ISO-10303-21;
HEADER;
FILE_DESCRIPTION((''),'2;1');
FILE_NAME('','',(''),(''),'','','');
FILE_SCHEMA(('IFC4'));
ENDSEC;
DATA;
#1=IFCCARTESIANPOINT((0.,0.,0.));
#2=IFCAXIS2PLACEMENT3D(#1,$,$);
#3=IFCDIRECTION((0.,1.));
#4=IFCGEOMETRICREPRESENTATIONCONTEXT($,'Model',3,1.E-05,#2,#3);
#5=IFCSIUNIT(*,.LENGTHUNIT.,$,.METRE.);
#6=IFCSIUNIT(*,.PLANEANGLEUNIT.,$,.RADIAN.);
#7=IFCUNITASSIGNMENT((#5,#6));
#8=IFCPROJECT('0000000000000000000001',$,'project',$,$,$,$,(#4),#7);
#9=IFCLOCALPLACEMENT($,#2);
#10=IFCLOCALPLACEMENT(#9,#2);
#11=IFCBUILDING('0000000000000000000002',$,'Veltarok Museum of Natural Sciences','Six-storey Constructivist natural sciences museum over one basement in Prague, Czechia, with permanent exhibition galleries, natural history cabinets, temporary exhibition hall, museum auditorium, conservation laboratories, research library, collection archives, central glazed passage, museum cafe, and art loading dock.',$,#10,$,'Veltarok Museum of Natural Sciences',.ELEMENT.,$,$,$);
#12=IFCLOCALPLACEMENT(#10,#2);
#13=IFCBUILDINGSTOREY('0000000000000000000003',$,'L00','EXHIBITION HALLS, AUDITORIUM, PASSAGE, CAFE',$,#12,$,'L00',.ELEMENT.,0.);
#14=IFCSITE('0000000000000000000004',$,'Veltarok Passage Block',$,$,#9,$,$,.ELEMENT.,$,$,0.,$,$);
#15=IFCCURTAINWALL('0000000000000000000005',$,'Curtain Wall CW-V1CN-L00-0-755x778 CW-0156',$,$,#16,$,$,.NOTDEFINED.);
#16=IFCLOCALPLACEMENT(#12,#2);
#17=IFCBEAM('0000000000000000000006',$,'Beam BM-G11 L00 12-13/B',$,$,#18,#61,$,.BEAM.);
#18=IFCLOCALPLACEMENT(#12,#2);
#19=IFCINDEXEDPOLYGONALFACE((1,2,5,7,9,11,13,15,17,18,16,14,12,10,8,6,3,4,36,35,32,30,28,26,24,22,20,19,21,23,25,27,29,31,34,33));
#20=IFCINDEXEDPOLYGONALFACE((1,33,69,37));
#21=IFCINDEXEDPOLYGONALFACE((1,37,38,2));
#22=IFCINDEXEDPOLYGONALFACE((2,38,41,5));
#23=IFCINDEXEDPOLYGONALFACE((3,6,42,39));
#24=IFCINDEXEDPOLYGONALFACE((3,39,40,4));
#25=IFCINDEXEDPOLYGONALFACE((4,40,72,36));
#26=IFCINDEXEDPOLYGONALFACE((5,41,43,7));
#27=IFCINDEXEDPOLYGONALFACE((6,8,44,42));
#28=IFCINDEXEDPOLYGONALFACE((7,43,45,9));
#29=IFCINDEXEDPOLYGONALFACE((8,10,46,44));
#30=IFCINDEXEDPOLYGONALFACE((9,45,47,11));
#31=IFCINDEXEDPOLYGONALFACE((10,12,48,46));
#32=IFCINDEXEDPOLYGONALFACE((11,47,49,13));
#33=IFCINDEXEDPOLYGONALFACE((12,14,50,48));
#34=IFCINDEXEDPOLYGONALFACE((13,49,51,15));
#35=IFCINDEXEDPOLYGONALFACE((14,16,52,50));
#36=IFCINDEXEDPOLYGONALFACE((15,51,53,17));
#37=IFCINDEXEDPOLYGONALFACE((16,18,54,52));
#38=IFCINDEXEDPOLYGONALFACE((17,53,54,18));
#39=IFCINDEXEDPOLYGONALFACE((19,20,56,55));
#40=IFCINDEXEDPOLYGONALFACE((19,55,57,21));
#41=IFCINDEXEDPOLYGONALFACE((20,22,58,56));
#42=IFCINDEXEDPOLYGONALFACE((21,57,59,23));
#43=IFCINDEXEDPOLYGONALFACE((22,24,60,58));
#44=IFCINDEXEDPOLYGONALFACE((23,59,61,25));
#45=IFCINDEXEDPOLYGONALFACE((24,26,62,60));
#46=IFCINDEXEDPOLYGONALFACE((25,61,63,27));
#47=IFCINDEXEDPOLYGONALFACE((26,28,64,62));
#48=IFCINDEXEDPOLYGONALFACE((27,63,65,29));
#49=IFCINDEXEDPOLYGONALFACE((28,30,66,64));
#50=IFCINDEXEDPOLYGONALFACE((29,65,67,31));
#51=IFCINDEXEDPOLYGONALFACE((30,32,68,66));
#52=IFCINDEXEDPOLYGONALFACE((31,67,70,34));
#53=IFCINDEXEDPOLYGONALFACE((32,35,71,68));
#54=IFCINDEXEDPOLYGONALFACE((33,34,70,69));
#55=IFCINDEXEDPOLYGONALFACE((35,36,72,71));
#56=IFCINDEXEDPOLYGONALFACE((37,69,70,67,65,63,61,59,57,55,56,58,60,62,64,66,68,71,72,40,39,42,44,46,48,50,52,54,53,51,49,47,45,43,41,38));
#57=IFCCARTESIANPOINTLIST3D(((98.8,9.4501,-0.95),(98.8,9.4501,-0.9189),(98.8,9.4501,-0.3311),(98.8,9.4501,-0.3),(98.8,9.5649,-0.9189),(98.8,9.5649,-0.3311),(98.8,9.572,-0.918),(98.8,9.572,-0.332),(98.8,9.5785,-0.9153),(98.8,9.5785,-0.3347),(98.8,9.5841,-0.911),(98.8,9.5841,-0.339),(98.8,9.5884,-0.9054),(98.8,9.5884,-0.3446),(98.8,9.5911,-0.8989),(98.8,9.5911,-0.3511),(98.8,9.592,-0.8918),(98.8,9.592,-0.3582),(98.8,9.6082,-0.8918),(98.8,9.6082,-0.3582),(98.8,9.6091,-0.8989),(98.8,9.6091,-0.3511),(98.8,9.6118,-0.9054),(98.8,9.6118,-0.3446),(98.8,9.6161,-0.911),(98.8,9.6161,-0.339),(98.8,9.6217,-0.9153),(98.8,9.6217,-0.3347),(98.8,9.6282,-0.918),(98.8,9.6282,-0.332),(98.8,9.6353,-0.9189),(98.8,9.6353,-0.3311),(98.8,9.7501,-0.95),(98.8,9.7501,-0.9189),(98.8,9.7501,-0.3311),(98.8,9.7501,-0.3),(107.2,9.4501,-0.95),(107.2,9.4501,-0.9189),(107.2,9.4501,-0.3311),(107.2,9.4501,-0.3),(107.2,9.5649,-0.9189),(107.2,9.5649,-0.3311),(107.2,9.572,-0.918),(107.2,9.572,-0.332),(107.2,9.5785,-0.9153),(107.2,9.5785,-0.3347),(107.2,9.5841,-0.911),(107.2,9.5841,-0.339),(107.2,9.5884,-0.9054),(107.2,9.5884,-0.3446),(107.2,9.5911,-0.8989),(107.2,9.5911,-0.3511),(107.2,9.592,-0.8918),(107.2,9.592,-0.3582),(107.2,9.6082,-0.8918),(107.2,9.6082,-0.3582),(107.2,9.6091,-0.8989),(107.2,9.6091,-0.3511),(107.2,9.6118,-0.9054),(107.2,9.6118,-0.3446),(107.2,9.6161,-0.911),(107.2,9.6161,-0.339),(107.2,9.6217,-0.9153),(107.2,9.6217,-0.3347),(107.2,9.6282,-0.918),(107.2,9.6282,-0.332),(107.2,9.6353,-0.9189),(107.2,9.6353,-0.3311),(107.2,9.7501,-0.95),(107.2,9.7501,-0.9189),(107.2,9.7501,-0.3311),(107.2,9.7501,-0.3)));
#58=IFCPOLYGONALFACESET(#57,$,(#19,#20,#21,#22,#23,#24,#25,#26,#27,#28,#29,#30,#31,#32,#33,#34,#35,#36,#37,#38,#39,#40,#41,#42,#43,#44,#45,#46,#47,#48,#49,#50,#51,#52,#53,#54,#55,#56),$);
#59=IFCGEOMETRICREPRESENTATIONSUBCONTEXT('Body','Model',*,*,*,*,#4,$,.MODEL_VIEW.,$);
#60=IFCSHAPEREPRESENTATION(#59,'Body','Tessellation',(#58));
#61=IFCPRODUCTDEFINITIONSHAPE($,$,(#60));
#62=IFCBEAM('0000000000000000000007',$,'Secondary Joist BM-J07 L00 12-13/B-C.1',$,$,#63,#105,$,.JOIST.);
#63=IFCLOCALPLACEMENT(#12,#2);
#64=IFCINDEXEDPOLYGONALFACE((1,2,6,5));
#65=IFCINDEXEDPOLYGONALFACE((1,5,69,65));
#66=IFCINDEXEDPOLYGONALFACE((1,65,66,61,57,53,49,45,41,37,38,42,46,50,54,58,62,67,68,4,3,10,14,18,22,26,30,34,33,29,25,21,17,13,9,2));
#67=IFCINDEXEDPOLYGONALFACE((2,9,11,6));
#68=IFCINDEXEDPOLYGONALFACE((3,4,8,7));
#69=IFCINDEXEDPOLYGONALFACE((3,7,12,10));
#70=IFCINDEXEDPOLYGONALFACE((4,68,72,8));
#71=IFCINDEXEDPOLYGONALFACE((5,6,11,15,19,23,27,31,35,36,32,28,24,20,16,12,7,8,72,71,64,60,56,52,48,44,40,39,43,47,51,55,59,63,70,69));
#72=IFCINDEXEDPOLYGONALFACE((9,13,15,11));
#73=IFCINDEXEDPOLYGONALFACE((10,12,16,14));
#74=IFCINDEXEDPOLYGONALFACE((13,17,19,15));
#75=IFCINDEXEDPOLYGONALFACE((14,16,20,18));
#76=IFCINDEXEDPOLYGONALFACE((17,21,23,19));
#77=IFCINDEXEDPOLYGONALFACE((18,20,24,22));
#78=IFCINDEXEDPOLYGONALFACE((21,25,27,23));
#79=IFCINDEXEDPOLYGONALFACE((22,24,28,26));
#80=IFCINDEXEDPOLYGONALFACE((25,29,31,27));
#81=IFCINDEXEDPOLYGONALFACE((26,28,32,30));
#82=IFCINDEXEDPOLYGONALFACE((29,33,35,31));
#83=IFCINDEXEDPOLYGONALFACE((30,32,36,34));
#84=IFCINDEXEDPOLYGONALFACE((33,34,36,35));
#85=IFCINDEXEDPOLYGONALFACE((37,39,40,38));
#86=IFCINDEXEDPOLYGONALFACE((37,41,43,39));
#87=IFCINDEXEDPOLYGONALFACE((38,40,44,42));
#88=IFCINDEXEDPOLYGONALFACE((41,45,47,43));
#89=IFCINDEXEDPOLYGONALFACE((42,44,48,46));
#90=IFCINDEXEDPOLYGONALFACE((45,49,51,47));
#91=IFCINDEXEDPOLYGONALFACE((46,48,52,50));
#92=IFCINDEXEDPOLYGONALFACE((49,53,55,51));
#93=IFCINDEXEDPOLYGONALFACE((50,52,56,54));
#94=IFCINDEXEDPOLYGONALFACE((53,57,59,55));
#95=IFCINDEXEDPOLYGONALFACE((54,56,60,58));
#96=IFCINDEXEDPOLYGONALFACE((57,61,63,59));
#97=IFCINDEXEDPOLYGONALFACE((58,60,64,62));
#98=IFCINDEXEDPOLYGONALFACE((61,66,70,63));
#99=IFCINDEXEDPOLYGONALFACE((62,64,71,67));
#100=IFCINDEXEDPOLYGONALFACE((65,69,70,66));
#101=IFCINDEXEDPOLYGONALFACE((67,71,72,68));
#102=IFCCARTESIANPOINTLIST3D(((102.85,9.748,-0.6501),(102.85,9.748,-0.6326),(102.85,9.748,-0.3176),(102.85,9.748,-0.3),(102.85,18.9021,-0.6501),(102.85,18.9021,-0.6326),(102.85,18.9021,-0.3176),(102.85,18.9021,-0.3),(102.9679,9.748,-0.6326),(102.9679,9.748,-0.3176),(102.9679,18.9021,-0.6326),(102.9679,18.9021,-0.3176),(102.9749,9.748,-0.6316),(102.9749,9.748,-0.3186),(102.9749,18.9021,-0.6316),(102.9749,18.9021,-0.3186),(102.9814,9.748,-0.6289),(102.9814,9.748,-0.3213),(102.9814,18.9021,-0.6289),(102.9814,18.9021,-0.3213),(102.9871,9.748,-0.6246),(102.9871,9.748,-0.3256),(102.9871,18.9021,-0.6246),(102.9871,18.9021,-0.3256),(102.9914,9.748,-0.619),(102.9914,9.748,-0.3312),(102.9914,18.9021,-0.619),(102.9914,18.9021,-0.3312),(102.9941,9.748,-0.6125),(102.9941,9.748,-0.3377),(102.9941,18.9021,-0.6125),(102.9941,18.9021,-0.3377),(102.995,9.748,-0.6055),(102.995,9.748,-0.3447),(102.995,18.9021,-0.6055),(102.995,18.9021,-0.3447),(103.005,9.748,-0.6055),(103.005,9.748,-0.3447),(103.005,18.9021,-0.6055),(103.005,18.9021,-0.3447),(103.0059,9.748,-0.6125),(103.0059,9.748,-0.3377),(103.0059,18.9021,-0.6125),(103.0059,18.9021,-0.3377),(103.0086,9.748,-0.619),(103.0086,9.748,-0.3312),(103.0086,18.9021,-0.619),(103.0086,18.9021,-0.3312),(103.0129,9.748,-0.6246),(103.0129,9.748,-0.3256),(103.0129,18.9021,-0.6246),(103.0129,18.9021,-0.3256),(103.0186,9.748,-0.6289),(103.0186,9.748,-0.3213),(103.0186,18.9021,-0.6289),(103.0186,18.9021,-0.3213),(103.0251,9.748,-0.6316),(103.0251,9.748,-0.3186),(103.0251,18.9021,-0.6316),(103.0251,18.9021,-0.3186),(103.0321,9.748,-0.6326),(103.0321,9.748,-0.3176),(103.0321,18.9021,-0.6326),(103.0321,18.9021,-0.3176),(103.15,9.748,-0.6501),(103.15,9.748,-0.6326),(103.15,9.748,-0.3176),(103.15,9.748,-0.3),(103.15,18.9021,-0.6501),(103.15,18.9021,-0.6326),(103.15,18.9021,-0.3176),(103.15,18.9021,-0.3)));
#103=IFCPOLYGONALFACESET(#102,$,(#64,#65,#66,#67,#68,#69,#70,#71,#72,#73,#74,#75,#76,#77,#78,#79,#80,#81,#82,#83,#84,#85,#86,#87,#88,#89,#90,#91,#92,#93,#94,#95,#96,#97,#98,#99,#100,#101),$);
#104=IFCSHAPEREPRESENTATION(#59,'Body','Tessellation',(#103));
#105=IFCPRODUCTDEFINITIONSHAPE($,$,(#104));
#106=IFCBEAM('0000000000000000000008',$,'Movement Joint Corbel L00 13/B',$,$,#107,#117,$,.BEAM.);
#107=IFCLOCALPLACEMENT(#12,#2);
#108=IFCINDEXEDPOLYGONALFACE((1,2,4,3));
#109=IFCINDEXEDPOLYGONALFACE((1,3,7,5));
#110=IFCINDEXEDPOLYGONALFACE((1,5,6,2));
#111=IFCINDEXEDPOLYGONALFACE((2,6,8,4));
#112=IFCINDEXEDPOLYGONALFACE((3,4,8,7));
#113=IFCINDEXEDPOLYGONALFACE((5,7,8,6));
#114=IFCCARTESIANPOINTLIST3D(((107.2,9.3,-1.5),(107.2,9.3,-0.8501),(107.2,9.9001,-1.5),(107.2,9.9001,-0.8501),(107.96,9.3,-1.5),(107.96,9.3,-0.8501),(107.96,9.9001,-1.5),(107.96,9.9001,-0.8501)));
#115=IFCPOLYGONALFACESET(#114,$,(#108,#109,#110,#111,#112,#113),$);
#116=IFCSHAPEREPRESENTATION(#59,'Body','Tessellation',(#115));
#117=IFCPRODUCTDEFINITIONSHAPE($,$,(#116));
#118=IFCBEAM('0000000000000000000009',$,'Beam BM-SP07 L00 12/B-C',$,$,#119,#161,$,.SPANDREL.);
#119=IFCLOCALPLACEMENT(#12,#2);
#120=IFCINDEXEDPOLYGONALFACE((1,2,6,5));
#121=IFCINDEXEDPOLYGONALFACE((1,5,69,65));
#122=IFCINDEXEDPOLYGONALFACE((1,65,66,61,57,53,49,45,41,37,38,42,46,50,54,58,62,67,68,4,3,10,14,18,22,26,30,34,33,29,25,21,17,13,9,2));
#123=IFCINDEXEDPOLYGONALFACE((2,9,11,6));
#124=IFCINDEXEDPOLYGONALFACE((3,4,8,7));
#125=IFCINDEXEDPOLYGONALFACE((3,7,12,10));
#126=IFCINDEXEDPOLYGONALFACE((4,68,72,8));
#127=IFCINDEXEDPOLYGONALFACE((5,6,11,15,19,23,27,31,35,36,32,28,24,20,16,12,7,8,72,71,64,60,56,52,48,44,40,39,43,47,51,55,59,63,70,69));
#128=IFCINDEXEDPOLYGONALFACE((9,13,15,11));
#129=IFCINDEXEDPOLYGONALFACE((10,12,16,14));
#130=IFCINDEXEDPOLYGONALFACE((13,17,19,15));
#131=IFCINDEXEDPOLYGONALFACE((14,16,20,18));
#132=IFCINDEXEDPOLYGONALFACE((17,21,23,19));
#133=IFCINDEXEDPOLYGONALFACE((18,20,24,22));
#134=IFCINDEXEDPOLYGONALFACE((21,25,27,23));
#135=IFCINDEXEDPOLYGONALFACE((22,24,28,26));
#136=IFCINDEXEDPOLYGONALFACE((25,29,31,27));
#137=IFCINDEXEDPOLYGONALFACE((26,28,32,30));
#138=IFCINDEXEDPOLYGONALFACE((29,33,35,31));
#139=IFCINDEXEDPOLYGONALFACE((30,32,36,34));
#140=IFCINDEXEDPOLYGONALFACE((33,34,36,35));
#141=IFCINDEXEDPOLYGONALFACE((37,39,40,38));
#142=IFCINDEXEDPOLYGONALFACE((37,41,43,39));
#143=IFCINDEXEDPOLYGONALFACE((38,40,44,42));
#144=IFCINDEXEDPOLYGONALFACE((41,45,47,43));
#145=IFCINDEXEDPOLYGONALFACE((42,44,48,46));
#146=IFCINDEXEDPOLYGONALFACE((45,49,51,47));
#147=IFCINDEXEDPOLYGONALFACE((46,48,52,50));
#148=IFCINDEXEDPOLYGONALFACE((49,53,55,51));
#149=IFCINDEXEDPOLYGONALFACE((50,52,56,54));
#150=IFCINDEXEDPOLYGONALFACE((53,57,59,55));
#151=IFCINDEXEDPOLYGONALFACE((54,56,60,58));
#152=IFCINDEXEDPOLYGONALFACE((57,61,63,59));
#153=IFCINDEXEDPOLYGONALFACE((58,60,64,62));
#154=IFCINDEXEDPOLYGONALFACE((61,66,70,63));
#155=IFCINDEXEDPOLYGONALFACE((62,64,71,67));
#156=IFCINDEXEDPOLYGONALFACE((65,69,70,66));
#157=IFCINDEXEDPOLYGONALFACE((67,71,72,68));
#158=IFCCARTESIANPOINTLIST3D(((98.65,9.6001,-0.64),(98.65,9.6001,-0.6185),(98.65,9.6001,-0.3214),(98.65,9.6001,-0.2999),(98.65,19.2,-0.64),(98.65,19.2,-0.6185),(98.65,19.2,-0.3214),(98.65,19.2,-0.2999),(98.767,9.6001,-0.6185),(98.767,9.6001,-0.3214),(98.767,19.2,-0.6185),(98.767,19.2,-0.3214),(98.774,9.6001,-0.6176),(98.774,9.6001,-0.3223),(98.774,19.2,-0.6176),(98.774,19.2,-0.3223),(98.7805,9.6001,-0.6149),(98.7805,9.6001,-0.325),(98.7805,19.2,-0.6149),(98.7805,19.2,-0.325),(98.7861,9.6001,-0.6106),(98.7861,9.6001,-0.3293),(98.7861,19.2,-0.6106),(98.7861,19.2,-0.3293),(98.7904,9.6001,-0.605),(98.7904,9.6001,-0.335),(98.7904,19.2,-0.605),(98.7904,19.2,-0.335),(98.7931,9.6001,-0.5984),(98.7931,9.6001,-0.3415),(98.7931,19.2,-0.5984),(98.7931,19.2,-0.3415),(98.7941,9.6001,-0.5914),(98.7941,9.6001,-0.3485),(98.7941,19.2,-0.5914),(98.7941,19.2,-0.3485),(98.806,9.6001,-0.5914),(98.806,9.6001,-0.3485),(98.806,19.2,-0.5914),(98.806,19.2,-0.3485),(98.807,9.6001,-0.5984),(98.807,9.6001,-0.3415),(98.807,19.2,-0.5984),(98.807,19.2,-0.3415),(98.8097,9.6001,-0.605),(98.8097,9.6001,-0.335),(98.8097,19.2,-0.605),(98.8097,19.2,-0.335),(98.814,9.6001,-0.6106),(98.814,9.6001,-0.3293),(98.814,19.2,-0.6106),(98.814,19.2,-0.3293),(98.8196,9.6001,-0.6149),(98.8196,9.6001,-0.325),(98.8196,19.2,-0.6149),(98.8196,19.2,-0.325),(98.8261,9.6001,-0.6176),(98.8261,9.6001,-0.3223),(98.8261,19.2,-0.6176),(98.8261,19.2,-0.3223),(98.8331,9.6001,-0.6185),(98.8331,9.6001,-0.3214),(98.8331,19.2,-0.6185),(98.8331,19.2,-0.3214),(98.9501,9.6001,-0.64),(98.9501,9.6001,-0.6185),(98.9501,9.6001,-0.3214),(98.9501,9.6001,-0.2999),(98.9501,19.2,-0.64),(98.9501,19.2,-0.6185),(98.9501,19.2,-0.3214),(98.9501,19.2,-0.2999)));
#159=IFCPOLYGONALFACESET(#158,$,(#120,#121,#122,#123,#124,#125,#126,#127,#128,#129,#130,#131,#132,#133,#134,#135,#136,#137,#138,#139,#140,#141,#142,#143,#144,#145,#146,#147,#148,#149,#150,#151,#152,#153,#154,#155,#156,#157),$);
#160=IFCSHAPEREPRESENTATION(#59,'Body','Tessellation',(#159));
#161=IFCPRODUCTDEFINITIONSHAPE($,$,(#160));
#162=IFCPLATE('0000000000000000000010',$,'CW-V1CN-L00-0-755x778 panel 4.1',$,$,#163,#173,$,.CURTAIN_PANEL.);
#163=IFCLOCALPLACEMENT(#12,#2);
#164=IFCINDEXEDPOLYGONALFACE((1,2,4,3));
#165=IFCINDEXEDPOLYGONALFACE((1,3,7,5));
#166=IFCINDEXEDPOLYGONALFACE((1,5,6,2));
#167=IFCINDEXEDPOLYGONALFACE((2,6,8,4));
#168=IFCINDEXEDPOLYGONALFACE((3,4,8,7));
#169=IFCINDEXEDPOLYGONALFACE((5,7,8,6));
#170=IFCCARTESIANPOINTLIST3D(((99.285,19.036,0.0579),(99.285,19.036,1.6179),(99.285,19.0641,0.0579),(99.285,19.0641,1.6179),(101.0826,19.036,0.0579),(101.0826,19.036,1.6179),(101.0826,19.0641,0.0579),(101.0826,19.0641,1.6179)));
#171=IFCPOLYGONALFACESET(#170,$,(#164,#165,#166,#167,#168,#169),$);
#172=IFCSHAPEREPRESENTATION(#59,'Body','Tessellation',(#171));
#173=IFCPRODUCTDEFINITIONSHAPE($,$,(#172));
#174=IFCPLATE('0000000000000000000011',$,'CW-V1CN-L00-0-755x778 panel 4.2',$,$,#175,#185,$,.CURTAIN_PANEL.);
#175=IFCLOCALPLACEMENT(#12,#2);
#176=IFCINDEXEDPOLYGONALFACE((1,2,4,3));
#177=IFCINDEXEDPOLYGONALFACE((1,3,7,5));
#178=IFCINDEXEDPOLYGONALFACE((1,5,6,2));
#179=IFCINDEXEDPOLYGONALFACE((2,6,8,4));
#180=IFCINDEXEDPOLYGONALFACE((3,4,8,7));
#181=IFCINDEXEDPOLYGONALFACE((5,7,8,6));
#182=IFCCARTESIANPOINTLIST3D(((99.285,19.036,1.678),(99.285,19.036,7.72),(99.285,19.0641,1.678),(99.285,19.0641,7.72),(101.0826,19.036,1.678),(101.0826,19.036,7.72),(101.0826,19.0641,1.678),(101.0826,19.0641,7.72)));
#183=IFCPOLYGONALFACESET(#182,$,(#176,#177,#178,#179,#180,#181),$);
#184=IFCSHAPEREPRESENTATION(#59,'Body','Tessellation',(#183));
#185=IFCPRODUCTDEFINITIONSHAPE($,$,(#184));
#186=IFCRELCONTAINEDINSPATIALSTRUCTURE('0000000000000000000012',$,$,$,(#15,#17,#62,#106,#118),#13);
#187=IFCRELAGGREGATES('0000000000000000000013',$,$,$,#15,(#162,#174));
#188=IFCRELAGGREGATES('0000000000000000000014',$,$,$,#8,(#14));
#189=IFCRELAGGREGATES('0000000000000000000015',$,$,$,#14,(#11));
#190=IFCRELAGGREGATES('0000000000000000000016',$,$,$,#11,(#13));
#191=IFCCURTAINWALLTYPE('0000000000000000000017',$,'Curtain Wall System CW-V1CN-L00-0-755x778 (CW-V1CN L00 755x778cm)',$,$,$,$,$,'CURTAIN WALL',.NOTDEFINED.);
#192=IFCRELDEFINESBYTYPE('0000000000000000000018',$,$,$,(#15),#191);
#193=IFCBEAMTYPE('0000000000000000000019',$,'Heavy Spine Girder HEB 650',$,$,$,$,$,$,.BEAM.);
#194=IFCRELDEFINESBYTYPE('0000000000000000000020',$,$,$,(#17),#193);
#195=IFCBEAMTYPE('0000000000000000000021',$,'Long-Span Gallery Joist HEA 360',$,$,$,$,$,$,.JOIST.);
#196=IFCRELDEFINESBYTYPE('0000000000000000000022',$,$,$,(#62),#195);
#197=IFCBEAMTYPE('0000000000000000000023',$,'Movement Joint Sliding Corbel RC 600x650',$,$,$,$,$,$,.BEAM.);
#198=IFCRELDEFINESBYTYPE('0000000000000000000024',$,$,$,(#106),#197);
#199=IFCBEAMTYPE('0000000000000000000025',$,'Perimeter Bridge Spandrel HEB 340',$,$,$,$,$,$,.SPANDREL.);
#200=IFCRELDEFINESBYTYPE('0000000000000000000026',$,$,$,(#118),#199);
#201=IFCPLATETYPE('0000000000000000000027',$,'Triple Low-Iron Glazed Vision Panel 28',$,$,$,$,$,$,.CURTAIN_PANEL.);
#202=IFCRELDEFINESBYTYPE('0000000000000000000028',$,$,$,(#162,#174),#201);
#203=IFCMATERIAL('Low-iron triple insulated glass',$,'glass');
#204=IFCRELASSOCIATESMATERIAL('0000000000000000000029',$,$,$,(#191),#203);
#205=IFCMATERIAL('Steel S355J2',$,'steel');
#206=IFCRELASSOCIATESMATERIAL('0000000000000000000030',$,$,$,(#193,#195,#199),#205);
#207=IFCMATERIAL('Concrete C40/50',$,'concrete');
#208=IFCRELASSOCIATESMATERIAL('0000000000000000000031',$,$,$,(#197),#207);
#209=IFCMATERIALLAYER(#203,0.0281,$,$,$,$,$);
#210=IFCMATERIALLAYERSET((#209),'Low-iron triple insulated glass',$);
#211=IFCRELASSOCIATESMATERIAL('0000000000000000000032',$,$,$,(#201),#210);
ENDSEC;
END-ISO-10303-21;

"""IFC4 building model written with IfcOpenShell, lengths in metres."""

from ifc_helpers import new_model, si_unit, direction, frame, origin, origin_2d, place, context, subcontext, project, spatial, rectangle, i_section, extrude, material, layer, layer_set, material_profile, profile_set, type_object, element, aggregate, save


model = new_model("IFC4")

# Units and contexts
model_context = context("Model", 3, precision=1e-05, world=origin(), true_north=direction((0.0, 1.0)))
body_context = subcontext(model_context, "Body", "Model", "MODEL_VIEW")
ifc_project = project(units=[si_unit("LENGTHUNIT", "METRE"), si_unit("PLANEANGLEUNIT", "RADIAN")], contexts=[model_context])

# Site, building, storey
site_placement = place(None, origin())
site = spatial("IfcSite", under=ifc_project, at=site_placement, Name="Veltarok Passage Block", CompositionType="ELEMENT", RefElevation=0.0)
building_placement = place(site_placement, origin())
building = spatial("IfcBuilding", under=site, at=building_placement, Name="Veltarok Museum of Natural Sciences", Description="Six-storey Constructivist natural sciences museum over one basement in Prague, Czechia, with permanent exhibition galleries, natural history cabinets, temporary exhibition hall, museum auditorium, conservation laboratories, research library, collection archives, central glazed passage, museum cafe, and art loading dock.", LongName="Veltarok Museum of Natural Sciences", CompositionType="ELEMENT")
storey_placement = place(building_placement, origin())
storey = spatial("IfcBuildingStorey", under=building, at=storey_placement, Name="L00", Description="EXHIBITION HALLS, AUDITORIUM, PASSAGE, CAFE", LongName="L00", CompositionType="ELEMENT", Elevation=0.0)

# Shared definitions
ifc_material_1 = material(Name="Concrete C40/50", Category="concrete")
ifc_material_2 = material(Name="Steel S355J2", Category="steel")

# Curtain wall
ifc_material_3 = material(Name="Low-iron triple insulated glass", Category="glass")
curtain_wall_type = type_object("IfcCurtainWallType", Name="Curtain Wall System CW-V1CN-L00-0-755x778 (CW-V1CN L00 755x778cm)", ElementType="CURTAIN WALL", PredefinedType="NOTDEFINED", material=ifc_material_3)
curtain_wall_placement = place(storey_placement, origin())
curtain_wall = element("IfcCurtainWall", 1, at=curtain_wall_placement, inside=storey, type_object=curtain_wall_type, Name="Curtain Wall CW-V1CN-L00-0-755x778 CW-0156", PredefinedType="NOTDEFINED")

# Beams
ifc_material_profile_1 = material_profile(ifc_material_2, i_section(OverallWidth=0.3, OverallDepth=0.6499, WebThickness=0.0161, FlangeThickness=0.031, FilletRadius=0.0271, at=origin_2d()), Name="HEB 650")
ifc_profile_set_1 = profile_set([ifc_material_profile_1], Name="Steel S355J2")
beam_type_1 = type_object("IfcBeamType", Name="Heavy Spine Girder HEB 650", PredefinedType="BEAM", material=ifc_profile_set_1)
beam_1_placement = place(storey_placement, frame((98.8, 9.6001, -0.625), z_axis=(1.0, 0.0, 0.0), x_axis=(0.0, 1.0, 0.0)))
element("IfcBeam", 2, at=beam_1_placement, inside=storey, type_object=beam_type_1, Name="Beam BM-G11 L00 12-13/B", PredefinedType="BEAM", context=body_context, shape_type="SweptSolid", body=[
    extrude(i_section(OverallWidth=0.3, OverallDepth=0.6499, WebThickness=0.0161, FlangeThickness=0.031, FilletRadius=0.0271, at=origin_2d()), origin(), (0.0, 0.0, 1.0), 8.3999),
])
ifc_material_profile_2 = material_profile(ifc_material_2, i_section(OverallWidth=0.3, OverallDepth=0.3501, WebThickness=0.01, FlangeThickness=0.0176, FilletRadius=0.0271, at=origin_2d()), Name="HEA 360")
ifc_profile_set_2 = profile_set([ifc_material_profile_2], Name="Steel S355J2")
beam_type_2 = type_object("IfcBeamType", Name="Long-Span Gallery Joist HEA 360", PredefinedType="JOIST", material=ifc_profile_set_2)
beam_2_placement = place(storey_placement, frame((103.0, 9.748, -0.4751), z_axis=(0.0, 1.0, 0.0), x_axis=(-1.0, 0.0, 0.0)))
element("IfcBeam", 3, at=beam_2_placement, inside=storey, type_object=beam_type_2, Name="Secondary Joist BM-J07 L00 12-13/B-C.1", PredefinedType="JOIST", context=body_context, shape_type="SweptSolid", body=[
    extrude(i_section(OverallWidth=0.3, OverallDepth=0.3501, WebThickness=0.01, FlangeThickness=0.0176, FilletRadius=0.0271, at=origin_2d()), origin(), (0.0, 0.0, 1.0), 9.1541),
])
ifc_material_profile_3 = material_profile(ifc_material_1, rectangle(XDim=0.6001, YDim=0.6499, at=origin_2d()), Name="RC 600x650")
ifc_profile_set_3 = profile_set([ifc_material_profile_3], Name="Concrete C40/50")
beam_type_3 = type_object("IfcBeamType", Name="Movement Joint Sliding Corbel RC 600x650", PredefinedType="BEAM", material=ifc_profile_set_3)
beam_3_placement = place(storey_placement, frame((107.2, 9.6001, -1.175), z_axis=(1.0, 0.0, 0.0), x_axis=(0.0, 1.0, 0.0)))
element("IfcBeam", 4, at=beam_3_placement, inside=storey, type_object=beam_type_3, Name="Movement Joint Corbel L00 13/B", PredefinedType="BEAM", context=body_context, shape_type="SweptSolid", body=[
    extrude(rectangle(XDim=0.6001, YDim=0.6499, at=origin_2d()), origin(), (0.0, 0.0, 1.0), 0.76),
])
ifc_material_profile_4 = material_profile(ifc_material_2, i_section(OverallWidth=0.3, OverallDepth=0.3401, WebThickness=0.012, FlangeThickness=0.0215, FilletRadius=0.0271, at=origin_2d()), Name="HEB 340")
ifc_profile_set_4 = profile_set([ifc_material_profile_4], Name="Steel S355J2")
beam_type_4 = type_object("IfcBeamType", Name="Perimeter Bridge Spandrel HEB 340", PredefinedType="SPANDREL", material=ifc_profile_set_4)
beam_4_placement = place(storey_placement, frame((98.8, 9.6001, -0.47), z_axis=(0.0, 1.0, 0.0), x_axis=(-1.0, 0.0, 0.0)))
element("IfcBeam", 5, at=beam_4_placement, inside=storey, type_object=beam_type_4, Name="Beam BM-SP07 L00 12/B-C", PredefinedType="SPANDREL", context=body_context, shape_type="SweptSolid", body=[
    extrude(i_section(OverallWidth=0.3, OverallDepth=0.3401, WebThickness=0.012, FlangeThickness=0.0215, FilletRadius=0.0271, at=origin_2d()), origin(), (0.0, 0.0, 1.0), 9.5999),
])

# Plates
ifc_layer_1 = layer(ifc_material_3, 0.0281)
ifc_layer_set_1 = layer_set([ifc_layer_1], Name="Low-iron triple insulated glass")
plate_type = type_object("IfcPlateType", Name="Triple Low-Iron Glazed Vision Panel 28", PredefinedType="CURTAIN_PANEL", material=ifc_layer_set_1)
plate_1_placement = place(storey_placement, frame((100.1838, 19.05, 0.0579), z_axis=(0.0, 0.0, 1.0), x_axis=(-1.0, 0.0, 0.0)))
plate_1 = element("IfcPlate", 6, at=plate_1_placement, type_object=plate_type, Name="CW-V1CN-L00-0-755x778 panel 4.1", PredefinedType="CURTAIN_PANEL", context=body_context, shape_type="SweptSolid", body=[
    extrude(rectangle(XDim=1.7976, YDim=0.0281, at=origin_2d()), origin(), (0.0, 0.0, 1.0), 1.5601),
])
plate_2_placement = place(storey_placement, frame((100.1838, 19.05, 1.678), z_axis=(0.0, 0.0, 1.0), x_axis=(-1.0, 0.0, 0.0)))
plate_2 = element("IfcPlate", 7, at=plate_2_placement, type_object=plate_type, Name="CW-V1CN-L00-0-755x778 panel 4.2", PredefinedType="CURTAIN_PANEL", context=body_context, shape_type="SweptSolid", body=[
    extrude(rectangle(XDim=1.7976, YDim=0.0281, at=origin_2d()), origin(), (0.0, 0.0, 1.0), 6.042),
])
aggregate(curtain_wall, [plate_1, plate_2])

save(model, "model.ifc")
